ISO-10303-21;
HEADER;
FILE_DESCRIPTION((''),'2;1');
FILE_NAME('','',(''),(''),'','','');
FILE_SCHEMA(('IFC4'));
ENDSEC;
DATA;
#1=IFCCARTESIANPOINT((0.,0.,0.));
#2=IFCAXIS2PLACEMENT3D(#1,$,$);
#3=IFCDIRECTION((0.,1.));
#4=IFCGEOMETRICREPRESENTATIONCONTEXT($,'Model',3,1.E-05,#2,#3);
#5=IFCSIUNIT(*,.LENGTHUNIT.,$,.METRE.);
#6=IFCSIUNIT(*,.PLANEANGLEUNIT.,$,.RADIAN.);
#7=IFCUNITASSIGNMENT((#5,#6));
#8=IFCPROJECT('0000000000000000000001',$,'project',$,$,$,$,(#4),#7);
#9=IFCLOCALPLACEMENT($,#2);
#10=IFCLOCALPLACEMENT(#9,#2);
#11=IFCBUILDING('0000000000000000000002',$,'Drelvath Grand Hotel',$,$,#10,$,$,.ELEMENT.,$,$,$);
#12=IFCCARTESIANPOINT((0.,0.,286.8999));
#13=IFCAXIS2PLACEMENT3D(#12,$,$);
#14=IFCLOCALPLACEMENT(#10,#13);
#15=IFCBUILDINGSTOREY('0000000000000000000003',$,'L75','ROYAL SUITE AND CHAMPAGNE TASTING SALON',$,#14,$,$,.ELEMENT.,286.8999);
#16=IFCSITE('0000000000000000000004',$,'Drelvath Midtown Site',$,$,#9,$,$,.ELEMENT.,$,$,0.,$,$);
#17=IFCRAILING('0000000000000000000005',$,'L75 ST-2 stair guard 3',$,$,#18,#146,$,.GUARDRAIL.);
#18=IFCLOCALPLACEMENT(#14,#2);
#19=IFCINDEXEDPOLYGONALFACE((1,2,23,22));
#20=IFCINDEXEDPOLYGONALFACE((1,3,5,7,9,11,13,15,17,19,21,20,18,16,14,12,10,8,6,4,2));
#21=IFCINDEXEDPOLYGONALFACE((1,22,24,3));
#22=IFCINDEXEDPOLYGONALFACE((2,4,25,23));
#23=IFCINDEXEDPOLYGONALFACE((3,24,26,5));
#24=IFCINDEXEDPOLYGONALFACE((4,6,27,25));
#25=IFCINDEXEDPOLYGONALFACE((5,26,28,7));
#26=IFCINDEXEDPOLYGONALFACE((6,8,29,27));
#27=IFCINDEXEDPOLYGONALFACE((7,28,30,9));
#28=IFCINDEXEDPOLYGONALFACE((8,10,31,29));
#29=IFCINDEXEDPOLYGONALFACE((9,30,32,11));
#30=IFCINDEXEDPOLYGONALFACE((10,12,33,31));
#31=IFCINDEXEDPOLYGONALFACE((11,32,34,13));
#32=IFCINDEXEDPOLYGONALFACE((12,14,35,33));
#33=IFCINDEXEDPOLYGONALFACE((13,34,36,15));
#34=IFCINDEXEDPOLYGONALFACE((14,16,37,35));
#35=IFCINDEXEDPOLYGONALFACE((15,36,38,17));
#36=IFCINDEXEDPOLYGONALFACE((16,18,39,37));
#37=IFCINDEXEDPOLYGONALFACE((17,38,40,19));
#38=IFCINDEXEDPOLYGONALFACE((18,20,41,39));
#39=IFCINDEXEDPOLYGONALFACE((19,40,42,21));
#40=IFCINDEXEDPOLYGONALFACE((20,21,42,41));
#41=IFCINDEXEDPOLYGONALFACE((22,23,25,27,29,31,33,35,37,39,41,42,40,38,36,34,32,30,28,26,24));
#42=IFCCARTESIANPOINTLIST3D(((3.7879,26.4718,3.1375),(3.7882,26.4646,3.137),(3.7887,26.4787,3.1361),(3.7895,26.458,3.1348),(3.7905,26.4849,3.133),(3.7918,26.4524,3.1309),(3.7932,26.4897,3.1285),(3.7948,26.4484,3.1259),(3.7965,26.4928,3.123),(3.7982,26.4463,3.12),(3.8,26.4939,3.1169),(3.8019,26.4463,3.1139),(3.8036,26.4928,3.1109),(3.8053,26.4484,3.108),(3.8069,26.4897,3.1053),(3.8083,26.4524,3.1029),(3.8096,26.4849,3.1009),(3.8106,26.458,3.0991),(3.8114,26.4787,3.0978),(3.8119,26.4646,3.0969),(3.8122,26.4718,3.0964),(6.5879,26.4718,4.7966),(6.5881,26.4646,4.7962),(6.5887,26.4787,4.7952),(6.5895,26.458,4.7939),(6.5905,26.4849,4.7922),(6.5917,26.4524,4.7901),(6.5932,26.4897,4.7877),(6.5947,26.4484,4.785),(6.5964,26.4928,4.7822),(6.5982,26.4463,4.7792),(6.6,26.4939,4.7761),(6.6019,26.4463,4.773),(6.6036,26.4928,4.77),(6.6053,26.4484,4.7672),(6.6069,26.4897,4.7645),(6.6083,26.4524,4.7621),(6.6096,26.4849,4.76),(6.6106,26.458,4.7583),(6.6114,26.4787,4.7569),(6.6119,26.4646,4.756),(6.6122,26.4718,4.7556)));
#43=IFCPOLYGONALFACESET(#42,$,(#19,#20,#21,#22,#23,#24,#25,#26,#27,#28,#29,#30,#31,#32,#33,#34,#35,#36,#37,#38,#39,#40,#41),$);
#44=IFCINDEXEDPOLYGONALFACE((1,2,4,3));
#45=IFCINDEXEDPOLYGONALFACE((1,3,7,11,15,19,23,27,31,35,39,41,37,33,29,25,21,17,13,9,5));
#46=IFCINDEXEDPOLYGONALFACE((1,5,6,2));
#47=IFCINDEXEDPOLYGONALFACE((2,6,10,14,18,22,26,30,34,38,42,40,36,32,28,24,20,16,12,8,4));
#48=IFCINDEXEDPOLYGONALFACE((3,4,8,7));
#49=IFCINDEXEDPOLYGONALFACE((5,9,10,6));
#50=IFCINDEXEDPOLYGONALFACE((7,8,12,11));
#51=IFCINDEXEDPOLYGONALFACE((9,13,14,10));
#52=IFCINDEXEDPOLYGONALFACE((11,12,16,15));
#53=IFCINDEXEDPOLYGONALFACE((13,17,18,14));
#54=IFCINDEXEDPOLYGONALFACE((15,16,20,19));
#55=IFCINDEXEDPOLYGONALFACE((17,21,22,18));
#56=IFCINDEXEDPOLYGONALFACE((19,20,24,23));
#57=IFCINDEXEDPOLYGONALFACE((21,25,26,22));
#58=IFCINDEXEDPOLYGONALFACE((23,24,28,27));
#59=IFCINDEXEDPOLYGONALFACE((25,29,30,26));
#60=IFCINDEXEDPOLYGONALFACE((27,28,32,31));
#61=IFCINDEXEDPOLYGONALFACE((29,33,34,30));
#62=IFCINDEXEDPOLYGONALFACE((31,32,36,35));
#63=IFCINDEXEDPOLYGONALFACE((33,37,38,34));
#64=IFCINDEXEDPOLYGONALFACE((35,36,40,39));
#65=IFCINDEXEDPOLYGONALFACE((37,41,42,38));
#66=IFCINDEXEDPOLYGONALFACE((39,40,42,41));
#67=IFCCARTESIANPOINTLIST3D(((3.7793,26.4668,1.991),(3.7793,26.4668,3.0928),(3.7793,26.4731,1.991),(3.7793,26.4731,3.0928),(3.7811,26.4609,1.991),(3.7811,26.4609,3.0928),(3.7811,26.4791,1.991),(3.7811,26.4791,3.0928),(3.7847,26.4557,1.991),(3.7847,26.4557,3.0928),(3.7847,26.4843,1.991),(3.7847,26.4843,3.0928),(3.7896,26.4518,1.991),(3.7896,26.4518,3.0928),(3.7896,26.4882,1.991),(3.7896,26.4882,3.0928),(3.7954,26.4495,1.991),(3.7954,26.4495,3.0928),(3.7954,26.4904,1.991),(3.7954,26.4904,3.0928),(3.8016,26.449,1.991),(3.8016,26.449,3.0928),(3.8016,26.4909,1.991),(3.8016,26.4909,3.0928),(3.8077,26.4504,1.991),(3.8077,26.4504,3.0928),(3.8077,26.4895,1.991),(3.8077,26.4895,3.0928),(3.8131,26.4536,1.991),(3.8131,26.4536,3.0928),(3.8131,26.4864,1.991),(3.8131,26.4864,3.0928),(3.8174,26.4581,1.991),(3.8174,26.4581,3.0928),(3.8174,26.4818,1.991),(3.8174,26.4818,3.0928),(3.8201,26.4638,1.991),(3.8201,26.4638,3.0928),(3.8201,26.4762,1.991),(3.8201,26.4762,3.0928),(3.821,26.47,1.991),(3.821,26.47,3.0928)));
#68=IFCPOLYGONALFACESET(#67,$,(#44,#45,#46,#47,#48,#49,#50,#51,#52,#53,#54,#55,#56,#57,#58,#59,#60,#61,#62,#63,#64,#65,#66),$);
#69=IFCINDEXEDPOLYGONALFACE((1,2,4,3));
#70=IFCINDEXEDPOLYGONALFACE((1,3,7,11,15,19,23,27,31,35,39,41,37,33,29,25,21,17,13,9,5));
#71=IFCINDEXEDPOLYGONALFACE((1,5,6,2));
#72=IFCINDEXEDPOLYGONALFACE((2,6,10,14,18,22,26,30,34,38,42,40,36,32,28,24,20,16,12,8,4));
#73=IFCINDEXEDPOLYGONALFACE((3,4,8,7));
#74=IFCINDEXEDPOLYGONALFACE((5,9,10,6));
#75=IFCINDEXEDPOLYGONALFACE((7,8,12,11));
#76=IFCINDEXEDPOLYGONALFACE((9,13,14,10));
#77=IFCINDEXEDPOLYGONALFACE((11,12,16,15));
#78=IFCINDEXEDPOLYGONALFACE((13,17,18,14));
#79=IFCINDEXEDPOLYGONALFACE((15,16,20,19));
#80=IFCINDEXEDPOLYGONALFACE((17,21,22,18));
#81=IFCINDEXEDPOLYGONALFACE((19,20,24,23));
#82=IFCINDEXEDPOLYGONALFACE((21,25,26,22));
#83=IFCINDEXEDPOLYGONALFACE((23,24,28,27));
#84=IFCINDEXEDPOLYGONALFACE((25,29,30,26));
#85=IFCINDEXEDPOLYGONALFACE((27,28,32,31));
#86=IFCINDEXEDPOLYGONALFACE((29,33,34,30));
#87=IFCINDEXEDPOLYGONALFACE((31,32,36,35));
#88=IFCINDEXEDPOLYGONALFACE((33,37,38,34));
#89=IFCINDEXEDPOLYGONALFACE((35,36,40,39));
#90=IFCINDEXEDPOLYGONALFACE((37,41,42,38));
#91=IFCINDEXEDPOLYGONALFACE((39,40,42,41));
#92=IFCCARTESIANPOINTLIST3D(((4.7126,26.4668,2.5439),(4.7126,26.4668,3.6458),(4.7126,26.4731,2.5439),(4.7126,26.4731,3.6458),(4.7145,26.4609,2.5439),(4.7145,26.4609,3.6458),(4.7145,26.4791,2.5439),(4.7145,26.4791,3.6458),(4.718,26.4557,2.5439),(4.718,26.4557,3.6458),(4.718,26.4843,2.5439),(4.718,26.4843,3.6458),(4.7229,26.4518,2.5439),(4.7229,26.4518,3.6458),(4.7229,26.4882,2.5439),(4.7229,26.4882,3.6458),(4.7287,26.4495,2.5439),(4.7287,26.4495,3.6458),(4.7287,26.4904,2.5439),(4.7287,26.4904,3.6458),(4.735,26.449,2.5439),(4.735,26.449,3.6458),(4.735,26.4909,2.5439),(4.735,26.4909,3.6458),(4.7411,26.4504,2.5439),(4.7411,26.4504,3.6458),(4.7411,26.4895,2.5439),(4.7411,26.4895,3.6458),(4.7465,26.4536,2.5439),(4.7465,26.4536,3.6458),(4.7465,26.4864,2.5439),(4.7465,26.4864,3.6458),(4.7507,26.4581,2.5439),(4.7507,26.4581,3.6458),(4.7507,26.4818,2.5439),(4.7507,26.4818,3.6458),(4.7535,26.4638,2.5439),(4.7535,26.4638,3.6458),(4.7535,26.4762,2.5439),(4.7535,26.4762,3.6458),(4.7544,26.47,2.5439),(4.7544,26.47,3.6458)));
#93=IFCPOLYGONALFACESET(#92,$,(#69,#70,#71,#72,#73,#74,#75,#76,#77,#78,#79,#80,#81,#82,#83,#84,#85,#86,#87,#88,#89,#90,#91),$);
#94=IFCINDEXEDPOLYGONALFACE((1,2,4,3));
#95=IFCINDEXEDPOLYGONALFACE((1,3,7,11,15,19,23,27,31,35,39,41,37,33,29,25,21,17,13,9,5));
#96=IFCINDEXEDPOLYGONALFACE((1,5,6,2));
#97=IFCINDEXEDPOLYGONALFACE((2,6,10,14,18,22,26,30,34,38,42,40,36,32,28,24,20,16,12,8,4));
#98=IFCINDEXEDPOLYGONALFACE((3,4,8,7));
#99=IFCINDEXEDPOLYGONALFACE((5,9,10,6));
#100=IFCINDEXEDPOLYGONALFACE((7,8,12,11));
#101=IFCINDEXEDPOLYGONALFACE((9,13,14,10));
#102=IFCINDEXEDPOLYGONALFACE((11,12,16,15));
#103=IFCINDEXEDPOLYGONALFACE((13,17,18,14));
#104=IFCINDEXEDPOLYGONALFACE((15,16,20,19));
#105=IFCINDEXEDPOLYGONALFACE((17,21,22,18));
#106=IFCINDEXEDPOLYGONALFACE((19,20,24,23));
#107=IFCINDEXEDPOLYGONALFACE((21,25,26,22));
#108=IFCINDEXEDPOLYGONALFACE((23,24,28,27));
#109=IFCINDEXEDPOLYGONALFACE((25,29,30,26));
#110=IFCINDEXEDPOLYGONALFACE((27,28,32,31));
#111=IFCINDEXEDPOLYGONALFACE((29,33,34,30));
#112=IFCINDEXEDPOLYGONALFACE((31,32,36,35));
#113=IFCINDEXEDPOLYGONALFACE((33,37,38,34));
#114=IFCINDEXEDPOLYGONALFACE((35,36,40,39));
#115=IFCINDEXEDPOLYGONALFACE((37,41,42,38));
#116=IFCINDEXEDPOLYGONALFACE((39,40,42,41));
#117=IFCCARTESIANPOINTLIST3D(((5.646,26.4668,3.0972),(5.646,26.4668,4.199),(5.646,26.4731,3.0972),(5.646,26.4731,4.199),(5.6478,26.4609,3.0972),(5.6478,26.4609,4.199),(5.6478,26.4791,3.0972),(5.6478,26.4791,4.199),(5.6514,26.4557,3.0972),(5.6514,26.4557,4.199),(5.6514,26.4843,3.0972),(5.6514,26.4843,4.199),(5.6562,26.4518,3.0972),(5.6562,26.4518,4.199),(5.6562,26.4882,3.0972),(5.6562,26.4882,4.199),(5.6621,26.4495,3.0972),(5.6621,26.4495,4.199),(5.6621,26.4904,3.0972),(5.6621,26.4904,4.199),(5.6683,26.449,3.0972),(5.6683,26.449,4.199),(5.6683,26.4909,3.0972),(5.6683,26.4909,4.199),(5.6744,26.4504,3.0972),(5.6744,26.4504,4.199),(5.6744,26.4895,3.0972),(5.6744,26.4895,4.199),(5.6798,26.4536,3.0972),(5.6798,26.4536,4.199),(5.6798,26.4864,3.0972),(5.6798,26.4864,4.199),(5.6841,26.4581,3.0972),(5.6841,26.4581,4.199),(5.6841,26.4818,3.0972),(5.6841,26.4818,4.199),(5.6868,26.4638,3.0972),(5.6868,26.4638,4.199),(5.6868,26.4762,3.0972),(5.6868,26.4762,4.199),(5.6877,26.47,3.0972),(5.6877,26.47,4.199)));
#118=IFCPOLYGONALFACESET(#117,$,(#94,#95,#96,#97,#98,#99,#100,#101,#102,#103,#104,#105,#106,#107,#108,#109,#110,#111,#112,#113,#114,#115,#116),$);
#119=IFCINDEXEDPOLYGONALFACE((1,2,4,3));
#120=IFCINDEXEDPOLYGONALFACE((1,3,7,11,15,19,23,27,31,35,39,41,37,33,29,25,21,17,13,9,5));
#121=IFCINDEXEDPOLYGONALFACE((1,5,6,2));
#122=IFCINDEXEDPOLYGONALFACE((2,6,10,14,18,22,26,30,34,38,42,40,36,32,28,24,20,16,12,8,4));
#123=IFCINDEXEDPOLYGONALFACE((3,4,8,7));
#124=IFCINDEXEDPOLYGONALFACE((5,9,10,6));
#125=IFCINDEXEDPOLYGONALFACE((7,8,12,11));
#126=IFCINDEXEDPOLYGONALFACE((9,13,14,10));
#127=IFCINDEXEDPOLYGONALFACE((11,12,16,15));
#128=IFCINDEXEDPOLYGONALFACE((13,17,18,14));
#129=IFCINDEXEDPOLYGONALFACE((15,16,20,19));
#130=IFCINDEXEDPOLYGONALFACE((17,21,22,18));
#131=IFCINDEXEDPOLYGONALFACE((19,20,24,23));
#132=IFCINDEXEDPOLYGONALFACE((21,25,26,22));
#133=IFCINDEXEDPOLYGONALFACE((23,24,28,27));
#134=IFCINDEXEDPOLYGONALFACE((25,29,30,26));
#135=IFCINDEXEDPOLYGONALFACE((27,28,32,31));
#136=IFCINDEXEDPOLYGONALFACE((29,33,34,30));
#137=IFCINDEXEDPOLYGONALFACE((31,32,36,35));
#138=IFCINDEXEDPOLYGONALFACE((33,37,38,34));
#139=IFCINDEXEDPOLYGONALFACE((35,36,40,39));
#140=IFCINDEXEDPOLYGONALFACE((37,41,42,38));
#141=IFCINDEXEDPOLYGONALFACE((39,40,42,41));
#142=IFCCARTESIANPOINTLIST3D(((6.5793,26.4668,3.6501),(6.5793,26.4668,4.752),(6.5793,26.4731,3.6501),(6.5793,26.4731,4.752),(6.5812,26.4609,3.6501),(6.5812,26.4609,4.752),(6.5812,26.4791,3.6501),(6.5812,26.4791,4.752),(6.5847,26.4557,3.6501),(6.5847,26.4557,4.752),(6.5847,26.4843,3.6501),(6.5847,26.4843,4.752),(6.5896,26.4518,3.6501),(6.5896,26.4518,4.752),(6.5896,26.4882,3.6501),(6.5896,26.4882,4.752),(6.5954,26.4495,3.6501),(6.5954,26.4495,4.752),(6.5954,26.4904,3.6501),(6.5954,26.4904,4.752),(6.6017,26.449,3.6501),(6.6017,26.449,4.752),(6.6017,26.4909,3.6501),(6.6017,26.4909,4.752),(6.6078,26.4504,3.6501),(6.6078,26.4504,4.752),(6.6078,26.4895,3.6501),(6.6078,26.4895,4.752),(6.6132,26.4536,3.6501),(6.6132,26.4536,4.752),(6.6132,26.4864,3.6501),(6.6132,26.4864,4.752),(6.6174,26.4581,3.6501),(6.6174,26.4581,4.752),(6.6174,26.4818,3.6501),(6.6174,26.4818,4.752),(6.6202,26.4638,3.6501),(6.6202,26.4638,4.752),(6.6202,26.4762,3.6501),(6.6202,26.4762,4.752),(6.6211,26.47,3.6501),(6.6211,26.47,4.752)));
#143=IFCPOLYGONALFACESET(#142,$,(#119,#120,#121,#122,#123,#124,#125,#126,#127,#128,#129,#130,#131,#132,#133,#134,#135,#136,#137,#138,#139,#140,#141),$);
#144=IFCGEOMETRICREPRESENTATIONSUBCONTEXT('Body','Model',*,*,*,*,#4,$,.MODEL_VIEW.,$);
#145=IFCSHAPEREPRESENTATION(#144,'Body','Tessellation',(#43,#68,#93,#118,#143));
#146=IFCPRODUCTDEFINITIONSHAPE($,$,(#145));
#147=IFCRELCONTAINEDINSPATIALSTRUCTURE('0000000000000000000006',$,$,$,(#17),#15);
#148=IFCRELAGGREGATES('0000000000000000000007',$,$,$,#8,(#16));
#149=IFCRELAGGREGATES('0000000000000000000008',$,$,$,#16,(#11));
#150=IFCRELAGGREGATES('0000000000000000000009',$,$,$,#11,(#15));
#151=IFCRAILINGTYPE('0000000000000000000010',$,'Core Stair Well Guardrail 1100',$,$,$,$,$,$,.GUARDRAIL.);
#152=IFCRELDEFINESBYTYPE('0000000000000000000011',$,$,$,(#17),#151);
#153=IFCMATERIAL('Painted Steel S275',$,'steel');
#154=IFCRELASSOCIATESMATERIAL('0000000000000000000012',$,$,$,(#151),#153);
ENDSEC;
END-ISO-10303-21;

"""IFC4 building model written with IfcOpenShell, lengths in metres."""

from ifc_helpers import new_model, si_unit, direction, frame, origin, origin_2d, place, context, subcontext, project, spatial, circle, extrude, material, type_object, element, save


model = new_model("IFC4")

# Units and contexts
model_context = context("Model", 3, precision=1e-05, world=origin(), true_north=direction((0.0, 1.0)))
body_context = subcontext(model_context, "Body", "Model", "MODEL_VIEW")
ifc_project = project(units=[si_unit("LENGTHUNIT", "METRE"), si_unit("PLANEANGLEUNIT", "RADIAN")], contexts=[model_context])

# Site, building, storey
site_placement = place(None, origin())
site = spatial("IfcSite", under=ifc_project, at=site_placement, Name="Drelvath Midtown Site", CompositionType="ELEMENT", RefElevation=0.0)
building_placement = place(site_placement, origin())
building = spatial("IfcBuilding", under=site, at=building_placement, Name="Drelvath Grand Hotel", CompositionType="ELEMENT")
storey_placement = place(building_placement, frame((0.0, 0.0, 286.8999)))
storey = spatial("IfcBuildingStorey", under=building, at=storey_placement, Name="L75", Description="ROYAL SUITE AND CHAMPAGNE TASTING SALON", CompositionType="ELEMENT", Elevation=286.8999)

# Railing
ifc_material_1 = material(Name="Painted Steel S275", Category="steel")
railing_type_1 = type_object("IfcRailingType", Name="Core Stair Well Guardrail 1100", PredefinedType="GUARDRAIL", material=ifc_material_1)
railing_1_placement = place(storey_placement, frame((3.8, 26.47, 1.991)))
element("IfcRailing", 1, at=railing_1_placement, inside=storey, type_object=railing_type_1, Name="L75 ST-2 stair guard 3", PredefinedType="GUARDRAIL", context=body_context, shape_type="SweptSolid", body=[
    extrude(circle(Radius=0.0239, at=origin_2d()), frame((0.0, 0.0, 1.126), z_axis=(0.860306, 0.0, 0.509778), x_axis=(0.0, 1.0, 0.0)), (0.0, 0.0, 1.0), 3.2546),
    extrude(circle(Radius=0.021, at=origin_2d()), origin(), (0.0, 0.0, 1.0), 1.1018),
    extrude(circle(Radius=0.021, at=origin_2d()), frame((0.9333, 0.0, 0.553)), (0.0, 0.0, 1.0), 1.1018),
    extrude(circle(Radius=0.021, at=origin_2d()), frame((1.8667, 0.0, 1.1062)), (0.0, 0.0, 1.0), 1.1018),
    extrude(circle(Radius=0.021, at=origin_2d()), frame((2.8, 0.0, 1.6592)), (0.0, 0.0, 1.0), 1.1018),
])

save(model, "model.ifc")
